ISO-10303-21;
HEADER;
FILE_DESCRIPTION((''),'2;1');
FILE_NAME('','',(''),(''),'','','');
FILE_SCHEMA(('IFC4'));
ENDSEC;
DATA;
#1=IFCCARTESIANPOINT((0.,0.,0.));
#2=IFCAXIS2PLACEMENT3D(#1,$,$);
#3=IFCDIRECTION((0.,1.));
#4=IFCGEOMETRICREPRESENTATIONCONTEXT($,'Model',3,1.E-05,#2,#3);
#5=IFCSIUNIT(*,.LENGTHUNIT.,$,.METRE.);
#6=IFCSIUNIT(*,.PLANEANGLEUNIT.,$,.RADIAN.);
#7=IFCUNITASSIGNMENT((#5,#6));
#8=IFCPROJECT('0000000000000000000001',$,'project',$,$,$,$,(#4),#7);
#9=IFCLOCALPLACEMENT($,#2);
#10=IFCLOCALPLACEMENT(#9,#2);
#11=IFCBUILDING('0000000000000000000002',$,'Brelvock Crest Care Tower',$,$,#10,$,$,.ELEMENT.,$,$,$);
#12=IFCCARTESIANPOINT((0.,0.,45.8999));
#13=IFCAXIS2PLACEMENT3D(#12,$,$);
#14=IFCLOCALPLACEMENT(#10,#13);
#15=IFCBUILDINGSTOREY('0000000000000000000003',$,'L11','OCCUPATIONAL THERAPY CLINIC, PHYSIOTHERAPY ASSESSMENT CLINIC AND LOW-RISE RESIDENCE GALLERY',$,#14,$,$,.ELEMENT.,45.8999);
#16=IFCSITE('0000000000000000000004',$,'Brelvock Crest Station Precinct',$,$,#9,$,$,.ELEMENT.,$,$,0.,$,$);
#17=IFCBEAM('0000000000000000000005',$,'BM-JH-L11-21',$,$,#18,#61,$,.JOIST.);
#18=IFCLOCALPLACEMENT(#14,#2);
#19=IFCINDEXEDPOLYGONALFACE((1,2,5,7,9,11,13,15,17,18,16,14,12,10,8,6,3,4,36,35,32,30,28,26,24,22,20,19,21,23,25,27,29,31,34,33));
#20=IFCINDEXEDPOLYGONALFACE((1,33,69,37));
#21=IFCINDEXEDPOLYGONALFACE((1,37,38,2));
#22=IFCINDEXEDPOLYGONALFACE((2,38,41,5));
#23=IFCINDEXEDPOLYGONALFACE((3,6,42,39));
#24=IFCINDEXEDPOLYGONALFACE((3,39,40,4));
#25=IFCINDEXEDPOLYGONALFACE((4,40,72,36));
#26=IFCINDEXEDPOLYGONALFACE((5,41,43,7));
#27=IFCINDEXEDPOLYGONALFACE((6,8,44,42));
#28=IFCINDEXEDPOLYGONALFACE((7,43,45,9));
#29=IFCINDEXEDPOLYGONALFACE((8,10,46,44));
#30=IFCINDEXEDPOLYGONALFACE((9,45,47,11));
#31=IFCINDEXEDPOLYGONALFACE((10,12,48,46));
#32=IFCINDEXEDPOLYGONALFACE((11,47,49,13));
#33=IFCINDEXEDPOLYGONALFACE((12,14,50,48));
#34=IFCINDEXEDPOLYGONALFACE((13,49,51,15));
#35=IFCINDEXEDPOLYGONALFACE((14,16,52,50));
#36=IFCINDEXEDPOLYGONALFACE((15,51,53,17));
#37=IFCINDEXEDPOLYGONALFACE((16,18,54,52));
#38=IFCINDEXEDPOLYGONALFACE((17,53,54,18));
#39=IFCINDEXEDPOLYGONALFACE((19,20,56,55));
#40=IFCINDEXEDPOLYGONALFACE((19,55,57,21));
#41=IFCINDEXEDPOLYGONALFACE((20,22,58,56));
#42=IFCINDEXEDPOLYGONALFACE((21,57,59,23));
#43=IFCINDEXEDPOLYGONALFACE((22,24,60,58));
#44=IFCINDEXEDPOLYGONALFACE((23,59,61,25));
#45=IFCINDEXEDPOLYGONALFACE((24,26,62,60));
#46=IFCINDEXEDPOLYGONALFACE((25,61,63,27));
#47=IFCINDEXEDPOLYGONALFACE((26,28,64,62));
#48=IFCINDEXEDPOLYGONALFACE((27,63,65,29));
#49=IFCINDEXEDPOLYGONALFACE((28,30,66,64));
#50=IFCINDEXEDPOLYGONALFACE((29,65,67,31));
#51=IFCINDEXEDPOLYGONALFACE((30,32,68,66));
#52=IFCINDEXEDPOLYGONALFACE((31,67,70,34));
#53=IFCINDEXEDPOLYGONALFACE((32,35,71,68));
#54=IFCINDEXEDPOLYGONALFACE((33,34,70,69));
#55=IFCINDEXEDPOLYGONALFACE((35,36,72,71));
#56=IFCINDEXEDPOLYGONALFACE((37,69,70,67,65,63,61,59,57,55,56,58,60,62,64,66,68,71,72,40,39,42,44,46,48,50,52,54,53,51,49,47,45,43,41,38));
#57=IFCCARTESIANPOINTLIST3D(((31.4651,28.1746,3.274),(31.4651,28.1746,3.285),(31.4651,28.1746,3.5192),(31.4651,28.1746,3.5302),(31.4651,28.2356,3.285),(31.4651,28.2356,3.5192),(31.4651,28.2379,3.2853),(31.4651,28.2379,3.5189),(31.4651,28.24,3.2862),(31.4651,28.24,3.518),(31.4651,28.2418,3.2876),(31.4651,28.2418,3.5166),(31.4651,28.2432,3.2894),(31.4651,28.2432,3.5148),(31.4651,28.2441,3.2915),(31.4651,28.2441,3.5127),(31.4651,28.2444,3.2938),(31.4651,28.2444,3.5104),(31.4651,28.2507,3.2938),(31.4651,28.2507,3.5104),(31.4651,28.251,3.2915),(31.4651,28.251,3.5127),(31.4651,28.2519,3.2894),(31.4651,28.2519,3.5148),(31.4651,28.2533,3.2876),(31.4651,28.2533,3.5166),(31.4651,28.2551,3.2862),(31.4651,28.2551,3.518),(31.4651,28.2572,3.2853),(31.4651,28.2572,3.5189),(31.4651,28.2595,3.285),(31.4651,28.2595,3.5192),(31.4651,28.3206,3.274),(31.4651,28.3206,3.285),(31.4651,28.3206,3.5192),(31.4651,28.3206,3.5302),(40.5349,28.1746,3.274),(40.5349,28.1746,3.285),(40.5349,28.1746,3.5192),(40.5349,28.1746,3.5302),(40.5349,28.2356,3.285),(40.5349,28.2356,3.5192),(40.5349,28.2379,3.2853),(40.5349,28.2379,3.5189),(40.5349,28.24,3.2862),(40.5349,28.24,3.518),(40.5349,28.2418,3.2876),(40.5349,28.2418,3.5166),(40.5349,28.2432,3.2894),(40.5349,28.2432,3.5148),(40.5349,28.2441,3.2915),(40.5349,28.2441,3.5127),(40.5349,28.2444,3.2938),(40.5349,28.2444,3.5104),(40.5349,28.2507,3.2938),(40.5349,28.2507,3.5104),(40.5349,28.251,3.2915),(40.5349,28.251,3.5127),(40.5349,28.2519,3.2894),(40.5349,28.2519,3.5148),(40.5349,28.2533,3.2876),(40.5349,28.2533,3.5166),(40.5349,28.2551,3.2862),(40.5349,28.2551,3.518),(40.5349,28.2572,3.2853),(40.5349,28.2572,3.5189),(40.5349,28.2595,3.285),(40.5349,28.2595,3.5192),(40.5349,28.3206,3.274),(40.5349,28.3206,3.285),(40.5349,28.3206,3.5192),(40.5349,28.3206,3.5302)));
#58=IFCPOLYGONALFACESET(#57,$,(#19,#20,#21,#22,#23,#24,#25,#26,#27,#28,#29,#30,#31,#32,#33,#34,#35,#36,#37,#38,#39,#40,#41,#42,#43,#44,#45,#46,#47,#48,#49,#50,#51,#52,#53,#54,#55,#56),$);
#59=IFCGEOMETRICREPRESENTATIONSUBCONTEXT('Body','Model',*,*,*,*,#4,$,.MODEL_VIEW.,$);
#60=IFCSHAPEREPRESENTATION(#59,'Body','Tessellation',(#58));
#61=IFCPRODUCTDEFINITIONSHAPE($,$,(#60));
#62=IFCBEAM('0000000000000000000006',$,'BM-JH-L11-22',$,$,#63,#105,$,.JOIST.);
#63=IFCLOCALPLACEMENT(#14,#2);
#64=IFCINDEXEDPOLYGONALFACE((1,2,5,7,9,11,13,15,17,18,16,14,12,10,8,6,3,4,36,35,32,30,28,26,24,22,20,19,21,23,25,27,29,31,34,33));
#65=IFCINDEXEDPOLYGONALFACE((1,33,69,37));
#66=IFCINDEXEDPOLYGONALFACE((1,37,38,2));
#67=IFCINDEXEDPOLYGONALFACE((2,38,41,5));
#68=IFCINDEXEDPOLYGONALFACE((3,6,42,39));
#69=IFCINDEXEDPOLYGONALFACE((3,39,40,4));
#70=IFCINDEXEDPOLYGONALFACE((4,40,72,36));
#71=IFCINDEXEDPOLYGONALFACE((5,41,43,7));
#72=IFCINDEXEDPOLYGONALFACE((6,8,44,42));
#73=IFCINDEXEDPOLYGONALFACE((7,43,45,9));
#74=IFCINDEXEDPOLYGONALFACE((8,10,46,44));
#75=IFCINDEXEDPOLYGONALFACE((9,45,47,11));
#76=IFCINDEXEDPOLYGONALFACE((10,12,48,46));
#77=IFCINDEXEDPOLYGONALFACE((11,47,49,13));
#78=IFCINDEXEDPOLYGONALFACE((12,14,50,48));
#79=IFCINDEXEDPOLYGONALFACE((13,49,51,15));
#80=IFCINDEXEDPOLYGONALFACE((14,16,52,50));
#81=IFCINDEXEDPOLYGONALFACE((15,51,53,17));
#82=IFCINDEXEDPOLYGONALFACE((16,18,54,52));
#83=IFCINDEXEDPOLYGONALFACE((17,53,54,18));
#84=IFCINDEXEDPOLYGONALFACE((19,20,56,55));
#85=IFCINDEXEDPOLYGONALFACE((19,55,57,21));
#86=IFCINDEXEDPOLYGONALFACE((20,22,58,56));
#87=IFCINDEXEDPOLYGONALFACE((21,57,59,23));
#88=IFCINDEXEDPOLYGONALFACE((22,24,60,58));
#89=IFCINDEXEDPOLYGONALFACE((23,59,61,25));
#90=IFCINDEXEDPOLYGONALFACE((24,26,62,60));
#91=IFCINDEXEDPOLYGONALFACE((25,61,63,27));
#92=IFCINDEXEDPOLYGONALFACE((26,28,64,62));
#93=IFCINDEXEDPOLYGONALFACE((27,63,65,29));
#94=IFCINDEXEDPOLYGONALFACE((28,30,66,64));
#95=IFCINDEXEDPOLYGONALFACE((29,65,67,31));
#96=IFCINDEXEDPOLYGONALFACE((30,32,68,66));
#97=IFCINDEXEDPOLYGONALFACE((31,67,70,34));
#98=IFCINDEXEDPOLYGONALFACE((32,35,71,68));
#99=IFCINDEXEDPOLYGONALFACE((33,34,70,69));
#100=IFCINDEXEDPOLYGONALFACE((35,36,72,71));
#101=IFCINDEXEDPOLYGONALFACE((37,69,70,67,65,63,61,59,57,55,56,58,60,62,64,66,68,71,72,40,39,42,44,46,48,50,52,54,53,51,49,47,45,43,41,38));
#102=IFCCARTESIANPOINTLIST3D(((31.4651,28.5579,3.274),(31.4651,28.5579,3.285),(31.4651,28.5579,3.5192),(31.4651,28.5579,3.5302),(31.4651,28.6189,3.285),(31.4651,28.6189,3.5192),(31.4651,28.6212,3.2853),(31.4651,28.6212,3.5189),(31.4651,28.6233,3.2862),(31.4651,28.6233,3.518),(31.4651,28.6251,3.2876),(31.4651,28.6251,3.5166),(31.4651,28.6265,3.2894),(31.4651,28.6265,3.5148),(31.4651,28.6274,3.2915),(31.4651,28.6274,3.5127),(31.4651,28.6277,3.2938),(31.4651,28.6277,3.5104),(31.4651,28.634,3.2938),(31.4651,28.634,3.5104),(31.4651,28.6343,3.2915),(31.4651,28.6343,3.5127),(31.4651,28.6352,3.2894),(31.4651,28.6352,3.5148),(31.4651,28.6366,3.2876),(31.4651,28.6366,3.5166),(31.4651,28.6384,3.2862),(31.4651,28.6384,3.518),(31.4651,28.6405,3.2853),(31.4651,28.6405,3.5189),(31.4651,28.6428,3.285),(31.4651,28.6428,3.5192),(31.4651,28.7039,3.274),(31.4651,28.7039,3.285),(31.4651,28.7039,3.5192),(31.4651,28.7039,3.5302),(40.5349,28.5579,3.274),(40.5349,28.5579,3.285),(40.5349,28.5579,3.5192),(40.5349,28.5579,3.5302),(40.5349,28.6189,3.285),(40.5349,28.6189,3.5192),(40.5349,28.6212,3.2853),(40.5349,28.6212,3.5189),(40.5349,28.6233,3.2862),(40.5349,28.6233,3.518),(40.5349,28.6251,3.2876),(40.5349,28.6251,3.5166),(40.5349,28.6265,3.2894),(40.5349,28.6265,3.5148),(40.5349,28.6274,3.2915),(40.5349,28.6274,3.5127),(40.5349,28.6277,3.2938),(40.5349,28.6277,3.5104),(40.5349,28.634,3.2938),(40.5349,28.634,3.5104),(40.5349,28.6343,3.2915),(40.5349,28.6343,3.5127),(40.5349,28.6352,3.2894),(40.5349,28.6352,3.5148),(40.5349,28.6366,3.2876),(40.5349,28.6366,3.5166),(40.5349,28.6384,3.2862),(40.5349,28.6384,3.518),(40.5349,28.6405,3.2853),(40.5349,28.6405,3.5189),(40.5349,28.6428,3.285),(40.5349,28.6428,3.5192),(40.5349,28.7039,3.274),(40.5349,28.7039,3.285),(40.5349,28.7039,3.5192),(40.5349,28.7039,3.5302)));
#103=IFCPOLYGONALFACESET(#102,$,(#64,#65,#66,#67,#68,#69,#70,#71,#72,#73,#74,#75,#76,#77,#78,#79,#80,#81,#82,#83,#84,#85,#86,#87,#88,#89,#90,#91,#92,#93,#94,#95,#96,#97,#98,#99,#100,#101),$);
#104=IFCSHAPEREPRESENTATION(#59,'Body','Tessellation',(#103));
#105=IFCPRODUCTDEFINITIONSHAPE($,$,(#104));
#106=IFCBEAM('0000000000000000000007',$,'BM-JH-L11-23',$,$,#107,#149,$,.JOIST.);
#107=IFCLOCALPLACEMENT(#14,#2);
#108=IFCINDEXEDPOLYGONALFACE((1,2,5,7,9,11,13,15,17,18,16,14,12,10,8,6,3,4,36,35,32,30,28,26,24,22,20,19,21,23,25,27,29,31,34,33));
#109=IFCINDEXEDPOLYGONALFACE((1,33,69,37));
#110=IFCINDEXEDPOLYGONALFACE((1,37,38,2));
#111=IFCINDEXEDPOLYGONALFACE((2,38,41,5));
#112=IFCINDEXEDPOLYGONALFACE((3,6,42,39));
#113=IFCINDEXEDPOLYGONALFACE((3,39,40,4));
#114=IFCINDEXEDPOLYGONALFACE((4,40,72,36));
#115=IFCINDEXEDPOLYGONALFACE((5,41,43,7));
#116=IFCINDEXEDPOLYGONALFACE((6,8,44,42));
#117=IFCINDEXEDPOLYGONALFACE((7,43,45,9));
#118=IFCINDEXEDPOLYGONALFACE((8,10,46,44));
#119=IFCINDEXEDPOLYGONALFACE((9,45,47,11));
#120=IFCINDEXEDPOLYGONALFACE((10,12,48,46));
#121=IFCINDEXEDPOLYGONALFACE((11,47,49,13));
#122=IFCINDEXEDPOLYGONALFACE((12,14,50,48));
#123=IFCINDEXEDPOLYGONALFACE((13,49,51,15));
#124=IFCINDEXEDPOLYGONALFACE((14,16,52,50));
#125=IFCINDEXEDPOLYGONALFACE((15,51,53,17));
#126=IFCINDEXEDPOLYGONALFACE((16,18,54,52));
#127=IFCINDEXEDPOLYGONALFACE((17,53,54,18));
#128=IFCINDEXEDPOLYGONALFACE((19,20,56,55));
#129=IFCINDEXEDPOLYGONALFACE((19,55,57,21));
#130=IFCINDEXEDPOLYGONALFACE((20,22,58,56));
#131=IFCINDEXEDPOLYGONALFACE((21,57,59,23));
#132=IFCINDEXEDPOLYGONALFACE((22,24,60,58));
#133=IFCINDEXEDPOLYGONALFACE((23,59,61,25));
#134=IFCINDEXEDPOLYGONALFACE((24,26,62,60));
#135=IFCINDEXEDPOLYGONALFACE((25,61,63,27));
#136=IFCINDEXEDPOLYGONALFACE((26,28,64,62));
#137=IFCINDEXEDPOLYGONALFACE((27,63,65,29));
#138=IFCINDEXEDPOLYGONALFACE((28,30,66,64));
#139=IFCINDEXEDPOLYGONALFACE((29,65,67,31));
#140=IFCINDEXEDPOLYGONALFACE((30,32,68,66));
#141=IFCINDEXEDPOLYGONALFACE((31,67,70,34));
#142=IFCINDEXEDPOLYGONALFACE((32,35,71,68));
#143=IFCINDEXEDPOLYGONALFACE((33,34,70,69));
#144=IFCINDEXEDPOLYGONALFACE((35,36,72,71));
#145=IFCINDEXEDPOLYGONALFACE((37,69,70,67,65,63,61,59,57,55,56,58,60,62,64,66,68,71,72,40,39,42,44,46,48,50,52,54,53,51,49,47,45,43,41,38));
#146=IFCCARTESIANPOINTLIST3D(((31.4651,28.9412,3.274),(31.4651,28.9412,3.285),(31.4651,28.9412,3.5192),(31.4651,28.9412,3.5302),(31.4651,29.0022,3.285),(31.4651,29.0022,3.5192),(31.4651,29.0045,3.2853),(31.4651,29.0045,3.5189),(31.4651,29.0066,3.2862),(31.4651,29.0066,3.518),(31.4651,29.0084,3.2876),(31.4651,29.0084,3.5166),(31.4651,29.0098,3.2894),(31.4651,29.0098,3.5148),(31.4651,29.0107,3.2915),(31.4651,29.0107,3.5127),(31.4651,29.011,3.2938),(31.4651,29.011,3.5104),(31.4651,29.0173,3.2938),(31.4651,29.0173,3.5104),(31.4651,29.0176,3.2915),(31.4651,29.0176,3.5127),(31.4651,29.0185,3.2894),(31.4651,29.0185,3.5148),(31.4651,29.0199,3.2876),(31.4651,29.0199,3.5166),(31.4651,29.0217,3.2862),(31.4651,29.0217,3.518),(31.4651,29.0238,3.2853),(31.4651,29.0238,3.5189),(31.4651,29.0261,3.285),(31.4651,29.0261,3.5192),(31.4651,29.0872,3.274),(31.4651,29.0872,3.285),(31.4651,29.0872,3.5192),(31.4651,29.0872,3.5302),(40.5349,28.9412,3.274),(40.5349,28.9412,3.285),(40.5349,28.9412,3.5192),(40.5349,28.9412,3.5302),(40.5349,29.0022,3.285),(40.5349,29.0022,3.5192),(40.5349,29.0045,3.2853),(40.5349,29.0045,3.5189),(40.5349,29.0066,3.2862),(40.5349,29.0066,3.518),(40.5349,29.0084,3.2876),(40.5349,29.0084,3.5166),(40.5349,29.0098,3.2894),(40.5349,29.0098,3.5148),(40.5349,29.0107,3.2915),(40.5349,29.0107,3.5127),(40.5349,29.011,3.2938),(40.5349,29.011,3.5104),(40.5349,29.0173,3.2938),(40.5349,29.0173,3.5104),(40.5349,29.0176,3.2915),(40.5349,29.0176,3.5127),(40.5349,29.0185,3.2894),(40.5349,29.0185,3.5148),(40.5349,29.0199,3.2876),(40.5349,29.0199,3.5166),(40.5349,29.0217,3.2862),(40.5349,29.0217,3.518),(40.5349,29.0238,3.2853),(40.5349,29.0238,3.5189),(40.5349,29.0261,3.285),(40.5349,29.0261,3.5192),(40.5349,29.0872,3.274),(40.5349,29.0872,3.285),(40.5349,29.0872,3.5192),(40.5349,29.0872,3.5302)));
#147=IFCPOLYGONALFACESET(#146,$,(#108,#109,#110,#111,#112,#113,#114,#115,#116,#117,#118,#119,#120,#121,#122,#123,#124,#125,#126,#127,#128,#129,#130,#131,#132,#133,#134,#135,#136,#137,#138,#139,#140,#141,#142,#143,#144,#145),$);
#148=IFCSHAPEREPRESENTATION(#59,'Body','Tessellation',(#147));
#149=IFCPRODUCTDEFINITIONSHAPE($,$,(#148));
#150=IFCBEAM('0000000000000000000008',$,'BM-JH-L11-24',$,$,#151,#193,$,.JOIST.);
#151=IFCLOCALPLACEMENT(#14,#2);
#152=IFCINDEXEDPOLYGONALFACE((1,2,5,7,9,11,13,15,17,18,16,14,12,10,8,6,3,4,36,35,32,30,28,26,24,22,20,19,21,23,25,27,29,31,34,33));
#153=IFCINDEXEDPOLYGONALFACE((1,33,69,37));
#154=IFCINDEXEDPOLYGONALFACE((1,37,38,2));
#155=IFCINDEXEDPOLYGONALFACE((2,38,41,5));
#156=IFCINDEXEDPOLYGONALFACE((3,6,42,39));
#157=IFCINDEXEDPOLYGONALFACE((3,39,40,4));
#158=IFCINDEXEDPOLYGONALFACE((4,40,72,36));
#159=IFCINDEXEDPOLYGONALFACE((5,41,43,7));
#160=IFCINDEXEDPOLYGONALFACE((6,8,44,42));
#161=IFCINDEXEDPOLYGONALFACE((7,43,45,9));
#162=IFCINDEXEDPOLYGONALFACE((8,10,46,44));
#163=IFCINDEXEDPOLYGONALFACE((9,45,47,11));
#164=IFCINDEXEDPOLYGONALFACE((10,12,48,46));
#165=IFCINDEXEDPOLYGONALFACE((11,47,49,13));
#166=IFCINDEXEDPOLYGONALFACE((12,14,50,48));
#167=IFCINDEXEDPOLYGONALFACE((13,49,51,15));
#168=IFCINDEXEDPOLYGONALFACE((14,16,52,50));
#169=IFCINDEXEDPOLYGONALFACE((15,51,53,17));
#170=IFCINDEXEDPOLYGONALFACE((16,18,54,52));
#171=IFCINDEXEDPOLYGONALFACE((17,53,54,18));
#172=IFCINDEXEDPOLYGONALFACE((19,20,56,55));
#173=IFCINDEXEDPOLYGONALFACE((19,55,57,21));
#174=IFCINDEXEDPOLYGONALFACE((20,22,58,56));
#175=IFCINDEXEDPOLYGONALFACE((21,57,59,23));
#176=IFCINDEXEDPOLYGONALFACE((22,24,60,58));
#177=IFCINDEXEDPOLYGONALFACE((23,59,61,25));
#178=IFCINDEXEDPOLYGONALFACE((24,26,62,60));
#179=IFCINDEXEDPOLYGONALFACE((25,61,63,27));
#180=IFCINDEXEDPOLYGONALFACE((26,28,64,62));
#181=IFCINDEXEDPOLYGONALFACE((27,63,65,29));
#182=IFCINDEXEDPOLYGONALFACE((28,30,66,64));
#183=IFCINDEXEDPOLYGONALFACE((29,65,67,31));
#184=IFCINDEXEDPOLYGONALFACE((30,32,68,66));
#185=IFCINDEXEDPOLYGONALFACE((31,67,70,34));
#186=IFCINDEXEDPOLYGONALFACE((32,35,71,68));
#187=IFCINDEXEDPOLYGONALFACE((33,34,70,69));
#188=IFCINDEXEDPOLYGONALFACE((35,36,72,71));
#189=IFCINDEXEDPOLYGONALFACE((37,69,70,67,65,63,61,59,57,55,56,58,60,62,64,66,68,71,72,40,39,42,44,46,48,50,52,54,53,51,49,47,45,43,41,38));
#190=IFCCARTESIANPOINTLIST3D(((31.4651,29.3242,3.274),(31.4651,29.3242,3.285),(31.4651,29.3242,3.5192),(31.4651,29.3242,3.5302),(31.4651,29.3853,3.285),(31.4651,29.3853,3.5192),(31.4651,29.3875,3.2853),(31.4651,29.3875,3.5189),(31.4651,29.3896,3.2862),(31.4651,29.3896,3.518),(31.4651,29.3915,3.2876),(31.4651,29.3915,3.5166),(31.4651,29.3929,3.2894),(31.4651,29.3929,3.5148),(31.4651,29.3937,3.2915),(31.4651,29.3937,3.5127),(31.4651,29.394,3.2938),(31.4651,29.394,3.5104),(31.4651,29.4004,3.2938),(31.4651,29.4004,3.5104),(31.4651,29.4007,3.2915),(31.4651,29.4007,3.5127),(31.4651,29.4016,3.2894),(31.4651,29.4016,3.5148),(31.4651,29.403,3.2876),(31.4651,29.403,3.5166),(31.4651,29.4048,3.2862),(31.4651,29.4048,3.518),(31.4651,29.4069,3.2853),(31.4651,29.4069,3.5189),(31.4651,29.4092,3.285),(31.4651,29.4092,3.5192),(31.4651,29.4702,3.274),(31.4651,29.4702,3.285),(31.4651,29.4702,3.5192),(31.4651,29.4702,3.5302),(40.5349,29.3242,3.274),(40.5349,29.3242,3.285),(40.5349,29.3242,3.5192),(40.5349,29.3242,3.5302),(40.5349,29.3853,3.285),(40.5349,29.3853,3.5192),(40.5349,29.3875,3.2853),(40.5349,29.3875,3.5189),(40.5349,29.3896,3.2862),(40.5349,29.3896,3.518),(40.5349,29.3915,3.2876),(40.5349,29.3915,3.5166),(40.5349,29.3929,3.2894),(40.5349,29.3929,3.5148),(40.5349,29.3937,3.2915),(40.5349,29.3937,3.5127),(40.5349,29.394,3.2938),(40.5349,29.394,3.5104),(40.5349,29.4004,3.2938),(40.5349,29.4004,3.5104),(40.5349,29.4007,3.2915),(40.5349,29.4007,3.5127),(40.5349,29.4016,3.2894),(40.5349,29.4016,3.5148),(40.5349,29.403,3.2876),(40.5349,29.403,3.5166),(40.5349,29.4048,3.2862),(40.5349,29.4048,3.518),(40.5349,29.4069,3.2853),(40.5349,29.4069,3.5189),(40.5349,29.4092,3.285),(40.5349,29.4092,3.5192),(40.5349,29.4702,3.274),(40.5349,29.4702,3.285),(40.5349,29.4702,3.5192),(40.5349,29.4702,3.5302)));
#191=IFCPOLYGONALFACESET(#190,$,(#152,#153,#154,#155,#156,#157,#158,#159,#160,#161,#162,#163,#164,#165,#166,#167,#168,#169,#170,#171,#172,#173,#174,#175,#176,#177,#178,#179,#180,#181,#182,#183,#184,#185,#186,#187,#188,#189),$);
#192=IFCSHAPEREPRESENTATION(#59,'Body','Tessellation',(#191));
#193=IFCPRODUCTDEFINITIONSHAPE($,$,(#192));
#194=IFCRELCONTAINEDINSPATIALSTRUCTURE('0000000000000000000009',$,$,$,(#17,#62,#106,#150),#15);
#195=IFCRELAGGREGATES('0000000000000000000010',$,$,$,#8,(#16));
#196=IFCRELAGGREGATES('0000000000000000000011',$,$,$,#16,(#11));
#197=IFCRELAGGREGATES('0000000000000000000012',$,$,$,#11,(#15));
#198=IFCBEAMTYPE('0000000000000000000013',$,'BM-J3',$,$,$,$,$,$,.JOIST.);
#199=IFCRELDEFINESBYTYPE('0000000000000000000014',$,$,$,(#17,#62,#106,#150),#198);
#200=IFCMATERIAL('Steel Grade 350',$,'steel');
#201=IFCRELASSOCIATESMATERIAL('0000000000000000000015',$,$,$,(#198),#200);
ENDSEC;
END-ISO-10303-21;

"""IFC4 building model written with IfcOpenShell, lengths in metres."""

from ifc_helpers import new_model, si_unit, direction, frame, origin, origin_2d, place, context, subcontext, project, spatial, i_section, extrude, source, transform, mapped, material, material_profile, profile_set, type_object, element, save


model = new_model("IFC4")

# Units and contexts
model_context = context("Model", 3, precision=1e-05, world=origin(), true_north=direction((0.0, 1.0)))
body_context = subcontext(model_context, "Body", "Model", "MODEL_VIEW")
ifc_project = project(units=[si_unit("LENGTHUNIT", "METRE"), si_unit("PLANEANGLEUNIT", "RADIAN")], contexts=[model_context])

# Site, building, storey
site_placement = place(None, origin())
site = spatial("IfcSite", under=ifc_project, at=site_placement, Name="Brelvock Crest Station Precinct", CompositionType="ELEMENT", RefElevation=0.0)
building_placement = place(site_placement, origin())
building = spatial("IfcBuilding", under=site, at=building_placement, Name="Brelvock Crest Care Tower", CompositionType="ELEMENT")
storey_placement = place(building_placement, frame((0.0, 0.0, 45.8999)))
storey = spatial("IfcBuildingStorey", under=building, at=storey_placement, Name="L11", Description="OCCUPATIONAL THERAPY CLINIC, PHYSIOTHERAPY ASSESSMENT CLINIC AND LOW-RISE RESIDENCE GALLERY", CompositionType="ELEMENT", Elevation=45.8999)

# Beams
ifc_material_1 = material(Name="Steel Grade 350", Category="steel")
ifc_material_profile = material_profile(ifc_material_1, i_section(OverallWidth=0.146, OverallDepth=0.2561, WebThickness=0.0063, FlangeThickness=0.011, FilletRadius=0.0088, at=origin_2d()), Name="250UB37.3")
ifc_profile_set = profile_set([ifc_material_profile], Name="Steel Grade 350")
beam_type = type_object("IfcBeamType", Name="BM-J3", PredefinedType="JOIST", material=ifc_profile_set)
shared_shape_1 = source(origin(), body_context, "Body", "SweptSolid", [
    extrude(i_section(OverallWidth=0.146, OverallDepth=0.2561, WebThickness=0.0063, FlangeThickness=0.011, FilletRadius=0.0088, at=origin_2d()), origin(), (0.0, 0.0, 1.0), 9.0698),
])
for number, where, z_axis, x_axis, name in (
    (1, (31.4651, 28.2476, 3.4021), (1.0, 0.0, 0.0), (0.0, 1.0, 0.0), "BM-JH-L11-21"),
    (2, (31.4651, 28.6309, 3.4021), (1.0, 0.0, 0.0), (0.0, 1.0, 0.0), "BM-JH-L11-22"),
    (3, (31.4651, 29.0142, 3.4021), (1.0, 0.0, 0.0), (0.0, 1.0, 0.0), "BM-JH-L11-23"),
    (4, (31.4651, 29.3972, 3.4021), (1.0, 0.0, 0.0), (0.0, 1.0, 0.0), "BM-JH-L11-24"),
):
    element("IfcBeam", number, at=place(storey_placement, frame(where, z_axis=z_axis, x_axis=x_axis)), inside=storey, type_object=beam_type, Name=name, PredefinedType="JOIST", context=body_context, shape_type="MappedRepresentation", body=[
        mapped(shared_shape_1, transform((0.0, 0.0, 0.0), x_axis=(1.0, 0.0, 0.0), y_axis=(0.0, 1.0, 0.0), z_axis=(0.0, 0.0, 1.0), scale=1.0)),
    ])

save(model, "model.ifc")
